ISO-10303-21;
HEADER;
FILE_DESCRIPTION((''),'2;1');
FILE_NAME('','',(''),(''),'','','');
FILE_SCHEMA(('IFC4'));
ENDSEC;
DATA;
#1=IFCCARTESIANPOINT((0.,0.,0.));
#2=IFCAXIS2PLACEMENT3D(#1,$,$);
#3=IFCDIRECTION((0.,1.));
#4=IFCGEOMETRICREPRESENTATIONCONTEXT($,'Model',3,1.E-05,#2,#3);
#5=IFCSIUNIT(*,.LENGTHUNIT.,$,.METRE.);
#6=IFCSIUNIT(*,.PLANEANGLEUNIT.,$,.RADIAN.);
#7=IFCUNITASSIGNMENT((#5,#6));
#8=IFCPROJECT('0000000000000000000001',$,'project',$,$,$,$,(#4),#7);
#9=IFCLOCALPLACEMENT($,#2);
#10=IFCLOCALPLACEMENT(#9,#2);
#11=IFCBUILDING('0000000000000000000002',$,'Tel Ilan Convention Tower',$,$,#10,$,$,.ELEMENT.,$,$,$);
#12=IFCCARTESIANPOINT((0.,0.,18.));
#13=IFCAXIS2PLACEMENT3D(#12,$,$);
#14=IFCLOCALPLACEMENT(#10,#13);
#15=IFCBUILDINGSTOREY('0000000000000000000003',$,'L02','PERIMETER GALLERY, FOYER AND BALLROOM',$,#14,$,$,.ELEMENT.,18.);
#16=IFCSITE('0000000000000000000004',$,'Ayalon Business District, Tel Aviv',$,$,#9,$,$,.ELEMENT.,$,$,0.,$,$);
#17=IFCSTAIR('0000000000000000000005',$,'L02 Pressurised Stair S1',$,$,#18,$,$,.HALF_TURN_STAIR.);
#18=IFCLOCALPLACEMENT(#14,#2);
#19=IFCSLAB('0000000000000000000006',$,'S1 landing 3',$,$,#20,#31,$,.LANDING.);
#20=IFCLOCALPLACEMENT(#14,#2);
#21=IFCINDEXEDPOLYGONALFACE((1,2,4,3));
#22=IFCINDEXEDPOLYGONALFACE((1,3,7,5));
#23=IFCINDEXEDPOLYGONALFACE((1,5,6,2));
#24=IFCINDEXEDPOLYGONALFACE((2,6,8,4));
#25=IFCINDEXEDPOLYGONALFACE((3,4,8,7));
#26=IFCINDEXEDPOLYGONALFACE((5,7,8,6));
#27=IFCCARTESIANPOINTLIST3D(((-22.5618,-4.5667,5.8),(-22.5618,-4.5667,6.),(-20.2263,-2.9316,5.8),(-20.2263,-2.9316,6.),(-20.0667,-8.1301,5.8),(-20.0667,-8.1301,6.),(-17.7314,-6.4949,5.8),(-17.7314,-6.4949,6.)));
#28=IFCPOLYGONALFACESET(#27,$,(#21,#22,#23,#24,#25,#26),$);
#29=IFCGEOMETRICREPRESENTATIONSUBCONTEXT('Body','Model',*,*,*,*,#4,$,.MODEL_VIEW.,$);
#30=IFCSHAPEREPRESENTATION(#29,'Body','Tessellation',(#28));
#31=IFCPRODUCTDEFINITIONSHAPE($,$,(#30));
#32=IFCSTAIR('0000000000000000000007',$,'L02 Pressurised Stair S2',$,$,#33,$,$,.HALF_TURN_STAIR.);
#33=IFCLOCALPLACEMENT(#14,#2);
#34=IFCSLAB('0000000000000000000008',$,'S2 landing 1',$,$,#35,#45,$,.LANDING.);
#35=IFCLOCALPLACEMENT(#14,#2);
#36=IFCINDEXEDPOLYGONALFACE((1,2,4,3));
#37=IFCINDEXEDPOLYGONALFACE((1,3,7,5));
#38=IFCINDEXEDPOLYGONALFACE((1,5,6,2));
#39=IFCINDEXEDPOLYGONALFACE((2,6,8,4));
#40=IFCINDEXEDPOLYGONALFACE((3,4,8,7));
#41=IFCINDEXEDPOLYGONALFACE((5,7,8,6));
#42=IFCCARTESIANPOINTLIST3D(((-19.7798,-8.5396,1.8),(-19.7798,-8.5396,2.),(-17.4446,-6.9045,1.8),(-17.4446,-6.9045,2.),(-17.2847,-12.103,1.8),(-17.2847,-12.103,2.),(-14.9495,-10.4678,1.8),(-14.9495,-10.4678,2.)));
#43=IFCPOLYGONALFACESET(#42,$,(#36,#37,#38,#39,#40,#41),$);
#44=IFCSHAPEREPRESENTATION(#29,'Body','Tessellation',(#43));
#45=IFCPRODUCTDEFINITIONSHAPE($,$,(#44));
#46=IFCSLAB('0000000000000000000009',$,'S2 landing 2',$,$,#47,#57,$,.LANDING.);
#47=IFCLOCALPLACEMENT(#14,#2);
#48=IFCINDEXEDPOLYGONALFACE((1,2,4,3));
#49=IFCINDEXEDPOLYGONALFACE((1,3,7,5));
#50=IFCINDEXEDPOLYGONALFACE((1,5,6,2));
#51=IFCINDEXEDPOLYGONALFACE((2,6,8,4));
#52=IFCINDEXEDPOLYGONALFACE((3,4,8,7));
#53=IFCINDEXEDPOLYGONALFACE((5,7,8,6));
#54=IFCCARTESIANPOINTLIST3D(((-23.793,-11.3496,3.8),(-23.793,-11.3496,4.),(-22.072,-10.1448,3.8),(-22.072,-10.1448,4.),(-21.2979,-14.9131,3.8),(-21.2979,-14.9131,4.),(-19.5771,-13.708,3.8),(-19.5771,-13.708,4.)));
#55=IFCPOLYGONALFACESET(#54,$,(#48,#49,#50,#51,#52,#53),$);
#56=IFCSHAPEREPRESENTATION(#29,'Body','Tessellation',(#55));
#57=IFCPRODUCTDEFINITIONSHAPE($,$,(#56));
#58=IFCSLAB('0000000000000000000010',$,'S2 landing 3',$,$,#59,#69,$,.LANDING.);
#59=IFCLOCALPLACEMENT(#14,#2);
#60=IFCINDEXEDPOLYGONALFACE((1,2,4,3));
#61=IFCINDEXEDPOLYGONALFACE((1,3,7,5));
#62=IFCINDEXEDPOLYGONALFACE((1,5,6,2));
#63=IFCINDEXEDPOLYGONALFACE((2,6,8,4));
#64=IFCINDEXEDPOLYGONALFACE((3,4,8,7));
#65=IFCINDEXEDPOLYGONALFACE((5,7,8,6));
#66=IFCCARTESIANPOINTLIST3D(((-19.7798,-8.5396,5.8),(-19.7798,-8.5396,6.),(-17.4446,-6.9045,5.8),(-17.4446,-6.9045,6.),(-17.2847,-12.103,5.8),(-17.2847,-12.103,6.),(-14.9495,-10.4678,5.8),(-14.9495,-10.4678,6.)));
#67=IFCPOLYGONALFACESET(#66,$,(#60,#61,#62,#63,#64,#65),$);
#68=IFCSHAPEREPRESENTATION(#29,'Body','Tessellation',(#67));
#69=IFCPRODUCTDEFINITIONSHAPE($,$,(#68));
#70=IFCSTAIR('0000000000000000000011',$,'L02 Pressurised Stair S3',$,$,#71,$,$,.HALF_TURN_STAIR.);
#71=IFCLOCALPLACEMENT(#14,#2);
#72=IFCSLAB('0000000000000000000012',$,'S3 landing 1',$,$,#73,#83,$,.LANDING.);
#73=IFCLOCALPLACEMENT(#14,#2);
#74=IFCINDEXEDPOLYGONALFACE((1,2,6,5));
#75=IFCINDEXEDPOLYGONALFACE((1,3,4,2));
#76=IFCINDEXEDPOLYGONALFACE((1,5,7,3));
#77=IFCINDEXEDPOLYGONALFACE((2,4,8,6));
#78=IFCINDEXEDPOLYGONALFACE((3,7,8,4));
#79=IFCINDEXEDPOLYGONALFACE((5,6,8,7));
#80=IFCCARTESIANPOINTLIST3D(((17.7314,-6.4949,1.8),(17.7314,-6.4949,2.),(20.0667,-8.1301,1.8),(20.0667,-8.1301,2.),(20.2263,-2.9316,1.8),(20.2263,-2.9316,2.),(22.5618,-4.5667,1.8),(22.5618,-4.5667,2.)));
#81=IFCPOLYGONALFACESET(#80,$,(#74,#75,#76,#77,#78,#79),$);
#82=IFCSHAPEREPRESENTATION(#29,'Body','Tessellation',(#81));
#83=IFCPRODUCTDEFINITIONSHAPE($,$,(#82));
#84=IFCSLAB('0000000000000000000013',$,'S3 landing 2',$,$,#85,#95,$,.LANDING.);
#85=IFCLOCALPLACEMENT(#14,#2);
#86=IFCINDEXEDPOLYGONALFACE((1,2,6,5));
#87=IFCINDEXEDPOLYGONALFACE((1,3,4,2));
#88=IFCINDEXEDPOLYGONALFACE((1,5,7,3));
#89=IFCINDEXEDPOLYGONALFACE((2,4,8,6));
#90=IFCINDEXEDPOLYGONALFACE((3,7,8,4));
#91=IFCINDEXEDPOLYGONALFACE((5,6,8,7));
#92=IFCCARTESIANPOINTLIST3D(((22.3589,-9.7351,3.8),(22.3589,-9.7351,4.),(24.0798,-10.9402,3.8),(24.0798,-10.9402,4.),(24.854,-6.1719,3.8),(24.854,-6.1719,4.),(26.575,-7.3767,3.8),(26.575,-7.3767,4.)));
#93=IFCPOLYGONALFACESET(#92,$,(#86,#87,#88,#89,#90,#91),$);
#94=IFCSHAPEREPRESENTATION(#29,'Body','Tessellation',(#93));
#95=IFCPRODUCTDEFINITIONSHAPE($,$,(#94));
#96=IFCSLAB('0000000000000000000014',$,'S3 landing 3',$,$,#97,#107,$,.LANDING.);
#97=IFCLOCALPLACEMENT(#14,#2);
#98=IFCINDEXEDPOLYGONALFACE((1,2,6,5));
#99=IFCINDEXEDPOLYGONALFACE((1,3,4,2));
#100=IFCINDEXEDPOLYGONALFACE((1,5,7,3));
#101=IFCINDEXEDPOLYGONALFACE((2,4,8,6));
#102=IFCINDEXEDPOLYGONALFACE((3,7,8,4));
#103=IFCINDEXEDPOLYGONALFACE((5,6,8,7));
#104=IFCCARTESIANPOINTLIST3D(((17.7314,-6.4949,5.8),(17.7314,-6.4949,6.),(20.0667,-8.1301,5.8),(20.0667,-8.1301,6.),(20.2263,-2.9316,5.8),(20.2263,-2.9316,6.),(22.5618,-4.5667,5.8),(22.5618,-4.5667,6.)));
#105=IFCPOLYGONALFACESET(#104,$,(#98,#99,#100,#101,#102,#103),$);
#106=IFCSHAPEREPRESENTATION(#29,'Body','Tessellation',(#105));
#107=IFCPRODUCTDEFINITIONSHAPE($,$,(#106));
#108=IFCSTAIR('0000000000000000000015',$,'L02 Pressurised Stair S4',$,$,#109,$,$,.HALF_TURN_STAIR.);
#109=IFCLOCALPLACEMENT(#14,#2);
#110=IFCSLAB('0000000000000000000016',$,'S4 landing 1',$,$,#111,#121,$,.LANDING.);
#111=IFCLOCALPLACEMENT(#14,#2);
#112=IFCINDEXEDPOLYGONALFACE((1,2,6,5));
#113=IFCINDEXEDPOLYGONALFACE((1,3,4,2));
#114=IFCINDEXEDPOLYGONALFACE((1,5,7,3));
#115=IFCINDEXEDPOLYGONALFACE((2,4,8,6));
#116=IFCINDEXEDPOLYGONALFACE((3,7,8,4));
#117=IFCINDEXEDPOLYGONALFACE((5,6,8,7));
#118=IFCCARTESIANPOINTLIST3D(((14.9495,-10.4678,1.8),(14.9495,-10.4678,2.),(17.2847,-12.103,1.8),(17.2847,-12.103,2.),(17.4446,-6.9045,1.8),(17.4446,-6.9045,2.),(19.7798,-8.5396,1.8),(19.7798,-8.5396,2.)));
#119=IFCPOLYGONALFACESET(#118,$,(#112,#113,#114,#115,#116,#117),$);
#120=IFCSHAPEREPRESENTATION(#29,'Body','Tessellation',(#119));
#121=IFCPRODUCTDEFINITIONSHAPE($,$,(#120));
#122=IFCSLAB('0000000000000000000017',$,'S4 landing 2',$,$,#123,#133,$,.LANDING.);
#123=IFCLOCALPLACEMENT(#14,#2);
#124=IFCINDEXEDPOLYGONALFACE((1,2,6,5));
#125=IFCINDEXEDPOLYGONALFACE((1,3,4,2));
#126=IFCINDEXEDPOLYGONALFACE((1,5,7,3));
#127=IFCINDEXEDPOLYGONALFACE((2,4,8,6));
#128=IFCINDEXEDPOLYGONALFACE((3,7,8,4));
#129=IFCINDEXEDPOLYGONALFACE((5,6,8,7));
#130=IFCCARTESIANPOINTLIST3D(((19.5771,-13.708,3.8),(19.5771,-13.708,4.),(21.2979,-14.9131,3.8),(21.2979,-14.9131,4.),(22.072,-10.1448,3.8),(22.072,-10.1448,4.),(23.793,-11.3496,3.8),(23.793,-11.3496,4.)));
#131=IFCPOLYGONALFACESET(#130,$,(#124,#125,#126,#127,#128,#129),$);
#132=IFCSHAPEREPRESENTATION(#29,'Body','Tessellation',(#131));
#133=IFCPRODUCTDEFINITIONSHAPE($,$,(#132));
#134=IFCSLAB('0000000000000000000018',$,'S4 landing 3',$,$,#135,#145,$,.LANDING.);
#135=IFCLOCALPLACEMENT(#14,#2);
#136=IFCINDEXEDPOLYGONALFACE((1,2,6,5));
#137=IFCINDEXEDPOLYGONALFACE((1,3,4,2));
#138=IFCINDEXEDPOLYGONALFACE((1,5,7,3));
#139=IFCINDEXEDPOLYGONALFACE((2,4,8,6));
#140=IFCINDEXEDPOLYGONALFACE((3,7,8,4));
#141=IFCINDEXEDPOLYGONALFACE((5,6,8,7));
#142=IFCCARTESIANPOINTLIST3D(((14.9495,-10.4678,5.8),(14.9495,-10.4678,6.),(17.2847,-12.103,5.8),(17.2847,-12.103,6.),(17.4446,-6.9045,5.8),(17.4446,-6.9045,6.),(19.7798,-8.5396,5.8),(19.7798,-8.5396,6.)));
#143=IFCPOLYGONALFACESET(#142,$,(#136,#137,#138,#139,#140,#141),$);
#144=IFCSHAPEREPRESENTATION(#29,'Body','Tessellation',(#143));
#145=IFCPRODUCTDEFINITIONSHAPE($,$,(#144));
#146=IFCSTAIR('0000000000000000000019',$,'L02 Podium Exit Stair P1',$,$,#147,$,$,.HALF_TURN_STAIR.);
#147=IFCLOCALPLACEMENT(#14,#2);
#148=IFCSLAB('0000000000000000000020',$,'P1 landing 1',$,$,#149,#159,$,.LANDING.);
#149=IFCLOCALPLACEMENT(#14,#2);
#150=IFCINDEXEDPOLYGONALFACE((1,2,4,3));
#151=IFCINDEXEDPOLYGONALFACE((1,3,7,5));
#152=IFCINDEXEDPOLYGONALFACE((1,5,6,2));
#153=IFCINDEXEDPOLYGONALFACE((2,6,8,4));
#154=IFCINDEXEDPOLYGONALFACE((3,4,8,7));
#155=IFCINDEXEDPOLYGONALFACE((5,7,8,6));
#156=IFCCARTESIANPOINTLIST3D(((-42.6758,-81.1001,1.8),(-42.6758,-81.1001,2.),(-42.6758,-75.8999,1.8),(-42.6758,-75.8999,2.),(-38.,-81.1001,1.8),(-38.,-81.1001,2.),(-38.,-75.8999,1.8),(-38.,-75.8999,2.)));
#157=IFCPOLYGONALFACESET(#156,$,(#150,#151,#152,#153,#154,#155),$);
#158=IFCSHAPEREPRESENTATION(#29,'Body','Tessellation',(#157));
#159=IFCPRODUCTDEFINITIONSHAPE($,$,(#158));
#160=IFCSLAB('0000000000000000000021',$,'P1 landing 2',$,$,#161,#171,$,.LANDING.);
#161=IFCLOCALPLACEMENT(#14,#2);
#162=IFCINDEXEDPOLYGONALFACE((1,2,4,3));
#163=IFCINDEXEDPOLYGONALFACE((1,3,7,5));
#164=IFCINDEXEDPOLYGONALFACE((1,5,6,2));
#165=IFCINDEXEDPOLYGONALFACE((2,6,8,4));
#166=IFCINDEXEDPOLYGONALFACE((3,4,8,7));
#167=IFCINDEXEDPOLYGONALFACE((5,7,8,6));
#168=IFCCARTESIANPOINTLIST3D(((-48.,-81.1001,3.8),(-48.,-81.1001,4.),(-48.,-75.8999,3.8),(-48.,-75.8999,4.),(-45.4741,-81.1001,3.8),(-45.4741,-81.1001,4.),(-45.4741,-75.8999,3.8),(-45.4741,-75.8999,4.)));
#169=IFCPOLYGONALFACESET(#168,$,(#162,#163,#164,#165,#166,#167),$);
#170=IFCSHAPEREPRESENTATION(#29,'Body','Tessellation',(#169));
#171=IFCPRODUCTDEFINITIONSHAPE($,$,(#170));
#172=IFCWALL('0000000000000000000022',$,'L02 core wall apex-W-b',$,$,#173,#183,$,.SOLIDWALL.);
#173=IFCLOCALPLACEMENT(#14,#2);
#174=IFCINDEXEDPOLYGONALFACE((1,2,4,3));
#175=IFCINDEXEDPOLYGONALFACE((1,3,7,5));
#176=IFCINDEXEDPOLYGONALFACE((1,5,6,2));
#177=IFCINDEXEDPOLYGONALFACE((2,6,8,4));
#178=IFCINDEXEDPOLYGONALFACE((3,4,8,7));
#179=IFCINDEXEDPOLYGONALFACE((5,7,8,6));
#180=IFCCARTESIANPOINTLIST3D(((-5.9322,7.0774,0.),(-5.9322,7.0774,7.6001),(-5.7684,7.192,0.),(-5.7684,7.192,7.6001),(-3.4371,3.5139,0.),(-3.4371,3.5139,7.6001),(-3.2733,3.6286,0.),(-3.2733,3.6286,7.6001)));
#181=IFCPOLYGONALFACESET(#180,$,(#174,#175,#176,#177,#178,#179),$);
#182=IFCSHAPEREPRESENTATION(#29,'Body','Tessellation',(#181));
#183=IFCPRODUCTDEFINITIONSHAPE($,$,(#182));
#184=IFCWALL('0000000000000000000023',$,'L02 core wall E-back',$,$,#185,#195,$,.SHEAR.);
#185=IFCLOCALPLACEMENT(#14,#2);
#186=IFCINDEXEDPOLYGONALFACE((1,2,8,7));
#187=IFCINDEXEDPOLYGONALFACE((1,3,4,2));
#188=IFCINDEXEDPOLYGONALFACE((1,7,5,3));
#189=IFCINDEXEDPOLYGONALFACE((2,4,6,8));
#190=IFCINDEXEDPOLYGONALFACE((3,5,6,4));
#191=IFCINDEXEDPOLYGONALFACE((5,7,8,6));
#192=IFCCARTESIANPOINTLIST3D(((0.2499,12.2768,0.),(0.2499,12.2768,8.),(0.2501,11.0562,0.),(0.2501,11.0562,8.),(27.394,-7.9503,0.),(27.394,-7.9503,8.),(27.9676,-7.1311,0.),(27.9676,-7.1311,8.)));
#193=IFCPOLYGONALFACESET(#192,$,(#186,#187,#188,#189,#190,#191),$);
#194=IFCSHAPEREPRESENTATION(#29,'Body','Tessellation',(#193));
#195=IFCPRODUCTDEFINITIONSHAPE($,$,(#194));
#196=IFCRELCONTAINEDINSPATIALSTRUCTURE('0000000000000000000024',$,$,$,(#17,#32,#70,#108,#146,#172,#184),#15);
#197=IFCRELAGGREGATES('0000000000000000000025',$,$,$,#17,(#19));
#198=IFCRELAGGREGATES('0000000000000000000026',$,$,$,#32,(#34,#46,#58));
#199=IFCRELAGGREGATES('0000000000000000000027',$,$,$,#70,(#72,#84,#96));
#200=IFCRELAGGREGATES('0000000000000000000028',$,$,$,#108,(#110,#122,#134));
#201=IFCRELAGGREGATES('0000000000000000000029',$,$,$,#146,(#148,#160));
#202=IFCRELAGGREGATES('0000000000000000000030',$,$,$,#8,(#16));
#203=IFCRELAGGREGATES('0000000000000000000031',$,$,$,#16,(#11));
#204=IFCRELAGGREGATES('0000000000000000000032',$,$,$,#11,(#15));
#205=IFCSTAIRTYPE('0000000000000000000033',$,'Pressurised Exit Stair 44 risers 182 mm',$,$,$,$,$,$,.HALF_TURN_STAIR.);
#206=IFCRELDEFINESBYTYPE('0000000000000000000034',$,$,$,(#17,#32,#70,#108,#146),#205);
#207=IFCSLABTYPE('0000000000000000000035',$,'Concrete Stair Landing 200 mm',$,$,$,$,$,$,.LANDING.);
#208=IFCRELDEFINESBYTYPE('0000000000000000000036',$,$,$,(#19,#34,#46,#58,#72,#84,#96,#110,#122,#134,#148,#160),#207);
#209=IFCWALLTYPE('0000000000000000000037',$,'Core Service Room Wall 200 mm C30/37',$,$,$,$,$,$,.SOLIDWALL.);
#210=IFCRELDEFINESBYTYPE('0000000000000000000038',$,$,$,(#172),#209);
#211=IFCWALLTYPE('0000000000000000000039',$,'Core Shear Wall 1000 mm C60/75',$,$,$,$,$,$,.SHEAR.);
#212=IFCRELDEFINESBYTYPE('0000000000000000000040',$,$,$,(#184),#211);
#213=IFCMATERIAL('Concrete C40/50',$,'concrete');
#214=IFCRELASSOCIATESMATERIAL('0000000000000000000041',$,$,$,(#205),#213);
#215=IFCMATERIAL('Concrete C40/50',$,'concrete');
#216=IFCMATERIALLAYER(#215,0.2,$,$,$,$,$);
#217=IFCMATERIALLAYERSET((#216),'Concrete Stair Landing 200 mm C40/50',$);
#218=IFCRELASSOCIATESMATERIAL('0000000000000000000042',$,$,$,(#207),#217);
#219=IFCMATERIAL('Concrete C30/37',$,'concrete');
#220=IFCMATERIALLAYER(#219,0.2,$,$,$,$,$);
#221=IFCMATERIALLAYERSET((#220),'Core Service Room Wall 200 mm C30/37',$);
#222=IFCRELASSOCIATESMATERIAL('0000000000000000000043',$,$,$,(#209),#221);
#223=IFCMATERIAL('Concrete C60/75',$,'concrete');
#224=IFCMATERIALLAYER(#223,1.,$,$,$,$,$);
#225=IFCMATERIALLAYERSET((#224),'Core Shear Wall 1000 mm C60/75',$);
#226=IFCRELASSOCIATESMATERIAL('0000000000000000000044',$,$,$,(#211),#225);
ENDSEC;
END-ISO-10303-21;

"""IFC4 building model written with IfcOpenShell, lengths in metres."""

from ifc_helpers import new_model, si_unit, direction, frame, frame_2d, origin, place, context, subcontext, project, spatial, polyline, rectangle, outline, extrude, material, layer, layer_set, type_object, element, aggregate, save


model = new_model("IFC4")

# Units and contexts
model_context = context("Model", 3, precision=1e-05, world=origin(), true_north=direction((0.0, 1.0)))
body_context = subcontext(model_context, "Body", "Model", "MODEL_VIEW")
ifc_project = project(units=[si_unit("LENGTHUNIT", "METRE"), si_unit("PLANEANGLEUNIT", "RADIAN")], contexts=[model_context])

# Site, building, storey
site_placement = place(None, origin())
site = spatial("IfcSite", under=ifc_project, at=site_placement, Name="Ayalon Business District, Tel Aviv", CompositionType="ELEMENT", RefElevation=0.0)
building_placement = place(site_placement, origin())
building = spatial("IfcBuilding", under=site, at=building_placement, Name="Tel Ilan Convention Tower", CompositionType="ELEMENT")
storey_placement = place(building_placement, frame((0.0, 0.0, 18.0)))
storey = spatial("IfcBuildingStorey", under=building, at=storey_placement, Name="L02", Description="PERIMETER GALLERY, FOYER AND BALLROOM", CompositionType="ELEMENT", Elevation=18.0)

# Stair, slab
ifc_material_1 = material(Name="Concrete C40/50", Category="concrete")
stair_type = type_object("IfcStairType", Name="Pressurised Exit Stair 44 risers 182 mm", PredefinedType="HALF_TURN_STAIR", material=ifc_material_1)
stair_1_placement = place(storey_placement, origin())
stair_1 = element("IfcStair", 1, at=stair_1_placement, inside=storey, type_object=stair_type, Name="L02 Pressurised Stair S1", PredefinedType="HALF_TURN_STAIR")
ifc_material_2 = material(Name="Concrete C40/50", Category="concrete")
ifc_layer_1 = layer(ifc_material_2, 0.2)
ifc_layer_set_1 = layer_set([ifc_layer_1], Name="Concrete Stair Landing 200 mm C40/50")
slab_type = type_object("IfcSlabType", Name="Concrete Stair Landing 200 mm", PredefinedType="LANDING", material=ifc_layer_set_1)
slab_1_placement = place(storey_placement, frame((0.0, 0.0, 5.8)))
slab_1 = element("IfcSlab", 2, at=slab_1_placement, type_object=slab_type, Name="S1 landing 3", PredefinedType="LANDING", context=body_context, shape_type="SweptSolid", body=[
    extrude(outline(polyline([(-20.0667, -8.1301), (-17.7314, -6.4949), (-20.2263, -2.9316), (-22.5618, -4.5667), (-20.0667, -8.1301)])), origin(), (0.0, 0.0, 1.0), 0.2),
])
aggregate(stair_1, [slab_1])

# Stairs, slabs
stair_2_placement = place(storey_placement, origin())
stair_2 = element("IfcStair", 3, at=stair_2_placement, inside=storey, type_object=stair_type, Name="L02 Pressurised Stair S2", PredefinedType="HALF_TURN_STAIR")
slab_2_placement = place(storey_placement, frame((0.0, 0.0, 1.8)))
slab_2 = element("IfcSlab", 4, at=slab_2_placement, type_object=slab_type, Name="S2 landing 1", PredefinedType="LANDING", context=body_context, shape_type="SweptSolid", body=[
    extrude(outline(polyline([(-17.2847, -12.103), (-14.9495, -10.4678), (-17.4446, -6.9045), (-19.7798, -8.5396), (-17.2847, -12.103)])), origin(), (0.0, 0.0, 1.0), 0.2),
])
slab_3_placement = place(storey_placement, frame((0.0, 0.0, 3.8)))
slab_3 = element("IfcSlab", 5, at=slab_3_placement, type_object=slab_type, Name="S2 landing 2", PredefinedType="LANDING", context=body_context, shape_type="SweptSolid", body=[
    extrude(outline(polyline([(-21.2979, -14.9131), (-19.5771, -13.708), (-22.072, -10.1448), (-23.793, -11.3496), (-21.2979, -14.9131)])), origin(), (0.0, 0.0, 1.0), 0.2),
])
slab_4_placement = place(storey_placement, frame((0.0, 0.0, 5.8)))
slab_4 = element("IfcSlab", 6, at=slab_4_placement, type_object=slab_type, Name="S2 landing 3", PredefinedType="LANDING", context=body_context, shape_type="SweptSolid", body=[
    extrude(outline(polyline([(-17.2847, -12.103), (-14.9495, -10.4678), (-17.4446, -6.9045), (-19.7798, -8.5396), (-17.2847, -12.103)])), origin(), (0.0, 0.0, 1.0), 0.2),
])
aggregate(stair_2, [slab_2, slab_3, slab_4])
stair_3_placement = place(storey_placement, origin())
stair_3 = element("IfcStair", 7, at=stair_3_placement, inside=storey, type_object=stair_type, Name="L02 Pressurised Stair S3", PredefinedType="HALF_TURN_STAIR")
slab_5_placement = place(storey_placement, frame((0.0, 0.0, 1.8)))
slab_5 = element("IfcSlab", 8, at=slab_5_placement, type_object=slab_type, Name="S3 landing 1", PredefinedType="LANDING", context=body_context, shape_type="SweptSolid", body=[
    extrude(outline(polyline([(22.5618, -4.5667), (20.2263, -2.9316), (17.7314, -6.4949), (20.0667, -8.1301), (22.5618, -4.5667)])), origin(), (0.0, 0.0, 1.0), 0.2),
])
slab_6_placement = place(storey_placement, frame((0.0, 0.0, 3.8)))
slab_6 = element("IfcSlab", 9, at=slab_6_placement, type_object=slab_type, Name="S3 landing 2", PredefinedType="LANDING", context=body_context, shape_type="SweptSolid", body=[
    extrude(outline(polyline([(26.575, -7.3767), (24.854, -6.1719), (22.3589, -9.7351), (24.0798, -10.9402), (26.575, -7.3767)])), origin(), (0.0, 0.0, 1.0), 0.2),
])
slab_7_placement = place(storey_placement, frame((0.0, 0.0, 5.8)))
slab_7 = element("IfcSlab", 10, at=slab_7_placement, type_object=slab_type, Name="S3 landing 3", PredefinedType="LANDING", context=body_context, shape_type="SweptSolid", body=[
    extrude(outline(polyline([(22.5618, -4.5667), (20.2263, -2.9316), (17.7314, -6.4949), (20.0667, -8.1301), (22.5618, -4.5667)])), origin(), (0.0, 0.0, 1.0), 0.2),
])
aggregate(stair_3, [slab_5, slab_6, slab_7])
stair_4_placement = place(storey_placement, origin())
stair_4 = element("IfcStair", 11, at=stair_4_placement, inside=storey, type_object=stair_type, Name="L02 Pressurised Stair S4", PredefinedType="HALF_TURN_STAIR")
slab_8_placement = place(storey_placement, frame((0.0, 0.0, 1.8)))
slab_8 = element("IfcSlab", 12, at=slab_8_placement, type_object=slab_type, Name="S4 landing 1", PredefinedType="LANDING", context=body_context, shape_type="SweptSolid", body=[
    extrude(outline(polyline([(19.7798, -8.5396), (17.4446, -6.9045), (14.9495, -10.4678), (17.2847, -12.103), (19.7798, -8.5396)])), origin(), (0.0, 0.0, 1.0), 0.2),
])
slab_9_placement = place(storey_placement, frame((0.0, 0.0, 3.8)))
slab_9 = element("IfcSlab", 13, at=slab_9_placement, type_object=slab_type, Name="S4 landing 2", PredefinedType="LANDING", context=body_context, shape_type="SweptSolid", body=[
    extrude(outline(polyline([(23.793, -11.3496), (22.072, -10.1448), (19.5771, -13.708), (21.2979, -14.9131), (23.793, -11.3496)])), origin(), (0.0, 0.0, 1.0), 0.2),
])
slab_10_placement = place(storey_placement, frame((0.0, 0.0, 5.8)))
slab_10 = element("IfcSlab", 14, at=slab_10_placement, type_object=slab_type, Name="S4 landing 3", PredefinedType="LANDING", context=body_context, shape_type="SweptSolid", body=[
    extrude(outline(polyline([(19.7798, -8.5396), (17.4446, -6.9045), (14.9495, -10.4678), (17.2847, -12.103), (19.7798, -8.5396)])), origin(), (0.0, 0.0, 1.0), 0.2),
])
aggregate(stair_4, [slab_8, slab_9, slab_10])
stair_5_placement = place(storey_placement, origin())
stair_5 = element("IfcStair", 15, at=stair_5_placement, inside=storey, type_object=stair_type, Name="L02 Podium Exit Stair P1", PredefinedType="HALF_TURN_STAIR")
slab_11_placement = place(storey_placement, frame((0.0, 0.0, 1.8)))
slab_11 = element("IfcSlab", 16, at=slab_11_placement, type_object=slab_type, Name="P1 landing 1", PredefinedType="LANDING", context=body_context, shape_type="SweptSolid", body=[
    extrude(outline(polyline([(-42.6758, -81.1001), (-38.0, -81.1001), (-38.0, -75.8999), (-42.6758, -75.8999), (-42.6758, -81.1001)])), origin(), (0.0, 0.0, 1.0), 0.2),
])
slab_12_placement = place(storey_placement, frame((0.0, 0.0, 3.8)))
slab_12 = element("IfcSlab", 17, at=slab_12_placement, type_object=slab_type, Name="P1 landing 2", PredefinedType="LANDING", context=body_context, shape_type="SweptSolid", body=[
    extrude(outline(polyline([(-48.0, -81.1001), (-45.4741, -81.1001), (-45.4741, -75.8999), (-48.0, -75.8999), (-48.0, -81.1001)])), origin(), (0.0, 0.0, 1.0), 0.2),
])
aggregate(stair_5, [slab_11, slab_12])

# Walls
ifc_material_3 = material(Name="Concrete C30/37", Category="concrete")
ifc_layer_2 = layer(ifc_material_3, 0.2)
ifc_layer_set_2 = layer_set([ifc_layer_2], Name="Core Service Room Wall 200 mm C30/37")
wall_type_1 = type_object("IfcWallType", Name="Core Service Room Wall 200 mm C30/37", PredefinedType="SOLIDWALL", material=ifc_layer_set_2)
wall_1_placement = place(storey_placement, frame((-3.3552, 3.5713, 0.0), z_axis=(0.0, 0.0, 1.0), x_axis=(-0.573568, 0.819158, 0.0)))
element("IfcWall", 18, at=wall_1_placement, inside=storey, type_object=wall_type_1, Name="L02 core wall apex-W-b", PredefinedType="SOLIDWALL", context=body_context, shape_type="SweptSolid", body=[
    extrude(rectangle(XDim=4.3501, YDim=0.2, at=frame_2d((2.175, 0.0))), origin(), (0.0, 0.0, 1.0), 7.6001),
])
ifc_material_4 = material(Name="Concrete C60/75", Category="concrete")
ifc_layer_3 = layer(ifc_material_4, 1.0)
ifc_layer_set_3 = layer_set([ifc_layer_3], Name="Core Shear Wall 1000 mm C60/75")
wall_type_2 = type_object("IfcWallType", Name="Core Shear Wall 1000 mm C60/75", PredefinedType="SHEAR", material=ifc_layer_set_3)
wall_2_placement = place(storey_placement, frame((-0.0369, 11.8672, 0.0), z_axis=(0.0, 0.0, 1.0), x_axis=(0.819155, -0.573572, 0.0)))
element("IfcWall", 19, at=wall_2_placement, inside=storey, type_object=wall_type_2, Name="L02 core wall E-back", PredefinedType="SHEAR", context=body_context, shape_type="SweptSolid", body=[
    extrude(outline(polyline([(33.8369, 0.5), (0.0, 0.5), (0.7002, -0.4998), (33.8369, -0.5), (33.8369, 0.5)])), origin(), (0.0, 0.0, 1.0), 8.0),
])

save(model, "model.ifc")
